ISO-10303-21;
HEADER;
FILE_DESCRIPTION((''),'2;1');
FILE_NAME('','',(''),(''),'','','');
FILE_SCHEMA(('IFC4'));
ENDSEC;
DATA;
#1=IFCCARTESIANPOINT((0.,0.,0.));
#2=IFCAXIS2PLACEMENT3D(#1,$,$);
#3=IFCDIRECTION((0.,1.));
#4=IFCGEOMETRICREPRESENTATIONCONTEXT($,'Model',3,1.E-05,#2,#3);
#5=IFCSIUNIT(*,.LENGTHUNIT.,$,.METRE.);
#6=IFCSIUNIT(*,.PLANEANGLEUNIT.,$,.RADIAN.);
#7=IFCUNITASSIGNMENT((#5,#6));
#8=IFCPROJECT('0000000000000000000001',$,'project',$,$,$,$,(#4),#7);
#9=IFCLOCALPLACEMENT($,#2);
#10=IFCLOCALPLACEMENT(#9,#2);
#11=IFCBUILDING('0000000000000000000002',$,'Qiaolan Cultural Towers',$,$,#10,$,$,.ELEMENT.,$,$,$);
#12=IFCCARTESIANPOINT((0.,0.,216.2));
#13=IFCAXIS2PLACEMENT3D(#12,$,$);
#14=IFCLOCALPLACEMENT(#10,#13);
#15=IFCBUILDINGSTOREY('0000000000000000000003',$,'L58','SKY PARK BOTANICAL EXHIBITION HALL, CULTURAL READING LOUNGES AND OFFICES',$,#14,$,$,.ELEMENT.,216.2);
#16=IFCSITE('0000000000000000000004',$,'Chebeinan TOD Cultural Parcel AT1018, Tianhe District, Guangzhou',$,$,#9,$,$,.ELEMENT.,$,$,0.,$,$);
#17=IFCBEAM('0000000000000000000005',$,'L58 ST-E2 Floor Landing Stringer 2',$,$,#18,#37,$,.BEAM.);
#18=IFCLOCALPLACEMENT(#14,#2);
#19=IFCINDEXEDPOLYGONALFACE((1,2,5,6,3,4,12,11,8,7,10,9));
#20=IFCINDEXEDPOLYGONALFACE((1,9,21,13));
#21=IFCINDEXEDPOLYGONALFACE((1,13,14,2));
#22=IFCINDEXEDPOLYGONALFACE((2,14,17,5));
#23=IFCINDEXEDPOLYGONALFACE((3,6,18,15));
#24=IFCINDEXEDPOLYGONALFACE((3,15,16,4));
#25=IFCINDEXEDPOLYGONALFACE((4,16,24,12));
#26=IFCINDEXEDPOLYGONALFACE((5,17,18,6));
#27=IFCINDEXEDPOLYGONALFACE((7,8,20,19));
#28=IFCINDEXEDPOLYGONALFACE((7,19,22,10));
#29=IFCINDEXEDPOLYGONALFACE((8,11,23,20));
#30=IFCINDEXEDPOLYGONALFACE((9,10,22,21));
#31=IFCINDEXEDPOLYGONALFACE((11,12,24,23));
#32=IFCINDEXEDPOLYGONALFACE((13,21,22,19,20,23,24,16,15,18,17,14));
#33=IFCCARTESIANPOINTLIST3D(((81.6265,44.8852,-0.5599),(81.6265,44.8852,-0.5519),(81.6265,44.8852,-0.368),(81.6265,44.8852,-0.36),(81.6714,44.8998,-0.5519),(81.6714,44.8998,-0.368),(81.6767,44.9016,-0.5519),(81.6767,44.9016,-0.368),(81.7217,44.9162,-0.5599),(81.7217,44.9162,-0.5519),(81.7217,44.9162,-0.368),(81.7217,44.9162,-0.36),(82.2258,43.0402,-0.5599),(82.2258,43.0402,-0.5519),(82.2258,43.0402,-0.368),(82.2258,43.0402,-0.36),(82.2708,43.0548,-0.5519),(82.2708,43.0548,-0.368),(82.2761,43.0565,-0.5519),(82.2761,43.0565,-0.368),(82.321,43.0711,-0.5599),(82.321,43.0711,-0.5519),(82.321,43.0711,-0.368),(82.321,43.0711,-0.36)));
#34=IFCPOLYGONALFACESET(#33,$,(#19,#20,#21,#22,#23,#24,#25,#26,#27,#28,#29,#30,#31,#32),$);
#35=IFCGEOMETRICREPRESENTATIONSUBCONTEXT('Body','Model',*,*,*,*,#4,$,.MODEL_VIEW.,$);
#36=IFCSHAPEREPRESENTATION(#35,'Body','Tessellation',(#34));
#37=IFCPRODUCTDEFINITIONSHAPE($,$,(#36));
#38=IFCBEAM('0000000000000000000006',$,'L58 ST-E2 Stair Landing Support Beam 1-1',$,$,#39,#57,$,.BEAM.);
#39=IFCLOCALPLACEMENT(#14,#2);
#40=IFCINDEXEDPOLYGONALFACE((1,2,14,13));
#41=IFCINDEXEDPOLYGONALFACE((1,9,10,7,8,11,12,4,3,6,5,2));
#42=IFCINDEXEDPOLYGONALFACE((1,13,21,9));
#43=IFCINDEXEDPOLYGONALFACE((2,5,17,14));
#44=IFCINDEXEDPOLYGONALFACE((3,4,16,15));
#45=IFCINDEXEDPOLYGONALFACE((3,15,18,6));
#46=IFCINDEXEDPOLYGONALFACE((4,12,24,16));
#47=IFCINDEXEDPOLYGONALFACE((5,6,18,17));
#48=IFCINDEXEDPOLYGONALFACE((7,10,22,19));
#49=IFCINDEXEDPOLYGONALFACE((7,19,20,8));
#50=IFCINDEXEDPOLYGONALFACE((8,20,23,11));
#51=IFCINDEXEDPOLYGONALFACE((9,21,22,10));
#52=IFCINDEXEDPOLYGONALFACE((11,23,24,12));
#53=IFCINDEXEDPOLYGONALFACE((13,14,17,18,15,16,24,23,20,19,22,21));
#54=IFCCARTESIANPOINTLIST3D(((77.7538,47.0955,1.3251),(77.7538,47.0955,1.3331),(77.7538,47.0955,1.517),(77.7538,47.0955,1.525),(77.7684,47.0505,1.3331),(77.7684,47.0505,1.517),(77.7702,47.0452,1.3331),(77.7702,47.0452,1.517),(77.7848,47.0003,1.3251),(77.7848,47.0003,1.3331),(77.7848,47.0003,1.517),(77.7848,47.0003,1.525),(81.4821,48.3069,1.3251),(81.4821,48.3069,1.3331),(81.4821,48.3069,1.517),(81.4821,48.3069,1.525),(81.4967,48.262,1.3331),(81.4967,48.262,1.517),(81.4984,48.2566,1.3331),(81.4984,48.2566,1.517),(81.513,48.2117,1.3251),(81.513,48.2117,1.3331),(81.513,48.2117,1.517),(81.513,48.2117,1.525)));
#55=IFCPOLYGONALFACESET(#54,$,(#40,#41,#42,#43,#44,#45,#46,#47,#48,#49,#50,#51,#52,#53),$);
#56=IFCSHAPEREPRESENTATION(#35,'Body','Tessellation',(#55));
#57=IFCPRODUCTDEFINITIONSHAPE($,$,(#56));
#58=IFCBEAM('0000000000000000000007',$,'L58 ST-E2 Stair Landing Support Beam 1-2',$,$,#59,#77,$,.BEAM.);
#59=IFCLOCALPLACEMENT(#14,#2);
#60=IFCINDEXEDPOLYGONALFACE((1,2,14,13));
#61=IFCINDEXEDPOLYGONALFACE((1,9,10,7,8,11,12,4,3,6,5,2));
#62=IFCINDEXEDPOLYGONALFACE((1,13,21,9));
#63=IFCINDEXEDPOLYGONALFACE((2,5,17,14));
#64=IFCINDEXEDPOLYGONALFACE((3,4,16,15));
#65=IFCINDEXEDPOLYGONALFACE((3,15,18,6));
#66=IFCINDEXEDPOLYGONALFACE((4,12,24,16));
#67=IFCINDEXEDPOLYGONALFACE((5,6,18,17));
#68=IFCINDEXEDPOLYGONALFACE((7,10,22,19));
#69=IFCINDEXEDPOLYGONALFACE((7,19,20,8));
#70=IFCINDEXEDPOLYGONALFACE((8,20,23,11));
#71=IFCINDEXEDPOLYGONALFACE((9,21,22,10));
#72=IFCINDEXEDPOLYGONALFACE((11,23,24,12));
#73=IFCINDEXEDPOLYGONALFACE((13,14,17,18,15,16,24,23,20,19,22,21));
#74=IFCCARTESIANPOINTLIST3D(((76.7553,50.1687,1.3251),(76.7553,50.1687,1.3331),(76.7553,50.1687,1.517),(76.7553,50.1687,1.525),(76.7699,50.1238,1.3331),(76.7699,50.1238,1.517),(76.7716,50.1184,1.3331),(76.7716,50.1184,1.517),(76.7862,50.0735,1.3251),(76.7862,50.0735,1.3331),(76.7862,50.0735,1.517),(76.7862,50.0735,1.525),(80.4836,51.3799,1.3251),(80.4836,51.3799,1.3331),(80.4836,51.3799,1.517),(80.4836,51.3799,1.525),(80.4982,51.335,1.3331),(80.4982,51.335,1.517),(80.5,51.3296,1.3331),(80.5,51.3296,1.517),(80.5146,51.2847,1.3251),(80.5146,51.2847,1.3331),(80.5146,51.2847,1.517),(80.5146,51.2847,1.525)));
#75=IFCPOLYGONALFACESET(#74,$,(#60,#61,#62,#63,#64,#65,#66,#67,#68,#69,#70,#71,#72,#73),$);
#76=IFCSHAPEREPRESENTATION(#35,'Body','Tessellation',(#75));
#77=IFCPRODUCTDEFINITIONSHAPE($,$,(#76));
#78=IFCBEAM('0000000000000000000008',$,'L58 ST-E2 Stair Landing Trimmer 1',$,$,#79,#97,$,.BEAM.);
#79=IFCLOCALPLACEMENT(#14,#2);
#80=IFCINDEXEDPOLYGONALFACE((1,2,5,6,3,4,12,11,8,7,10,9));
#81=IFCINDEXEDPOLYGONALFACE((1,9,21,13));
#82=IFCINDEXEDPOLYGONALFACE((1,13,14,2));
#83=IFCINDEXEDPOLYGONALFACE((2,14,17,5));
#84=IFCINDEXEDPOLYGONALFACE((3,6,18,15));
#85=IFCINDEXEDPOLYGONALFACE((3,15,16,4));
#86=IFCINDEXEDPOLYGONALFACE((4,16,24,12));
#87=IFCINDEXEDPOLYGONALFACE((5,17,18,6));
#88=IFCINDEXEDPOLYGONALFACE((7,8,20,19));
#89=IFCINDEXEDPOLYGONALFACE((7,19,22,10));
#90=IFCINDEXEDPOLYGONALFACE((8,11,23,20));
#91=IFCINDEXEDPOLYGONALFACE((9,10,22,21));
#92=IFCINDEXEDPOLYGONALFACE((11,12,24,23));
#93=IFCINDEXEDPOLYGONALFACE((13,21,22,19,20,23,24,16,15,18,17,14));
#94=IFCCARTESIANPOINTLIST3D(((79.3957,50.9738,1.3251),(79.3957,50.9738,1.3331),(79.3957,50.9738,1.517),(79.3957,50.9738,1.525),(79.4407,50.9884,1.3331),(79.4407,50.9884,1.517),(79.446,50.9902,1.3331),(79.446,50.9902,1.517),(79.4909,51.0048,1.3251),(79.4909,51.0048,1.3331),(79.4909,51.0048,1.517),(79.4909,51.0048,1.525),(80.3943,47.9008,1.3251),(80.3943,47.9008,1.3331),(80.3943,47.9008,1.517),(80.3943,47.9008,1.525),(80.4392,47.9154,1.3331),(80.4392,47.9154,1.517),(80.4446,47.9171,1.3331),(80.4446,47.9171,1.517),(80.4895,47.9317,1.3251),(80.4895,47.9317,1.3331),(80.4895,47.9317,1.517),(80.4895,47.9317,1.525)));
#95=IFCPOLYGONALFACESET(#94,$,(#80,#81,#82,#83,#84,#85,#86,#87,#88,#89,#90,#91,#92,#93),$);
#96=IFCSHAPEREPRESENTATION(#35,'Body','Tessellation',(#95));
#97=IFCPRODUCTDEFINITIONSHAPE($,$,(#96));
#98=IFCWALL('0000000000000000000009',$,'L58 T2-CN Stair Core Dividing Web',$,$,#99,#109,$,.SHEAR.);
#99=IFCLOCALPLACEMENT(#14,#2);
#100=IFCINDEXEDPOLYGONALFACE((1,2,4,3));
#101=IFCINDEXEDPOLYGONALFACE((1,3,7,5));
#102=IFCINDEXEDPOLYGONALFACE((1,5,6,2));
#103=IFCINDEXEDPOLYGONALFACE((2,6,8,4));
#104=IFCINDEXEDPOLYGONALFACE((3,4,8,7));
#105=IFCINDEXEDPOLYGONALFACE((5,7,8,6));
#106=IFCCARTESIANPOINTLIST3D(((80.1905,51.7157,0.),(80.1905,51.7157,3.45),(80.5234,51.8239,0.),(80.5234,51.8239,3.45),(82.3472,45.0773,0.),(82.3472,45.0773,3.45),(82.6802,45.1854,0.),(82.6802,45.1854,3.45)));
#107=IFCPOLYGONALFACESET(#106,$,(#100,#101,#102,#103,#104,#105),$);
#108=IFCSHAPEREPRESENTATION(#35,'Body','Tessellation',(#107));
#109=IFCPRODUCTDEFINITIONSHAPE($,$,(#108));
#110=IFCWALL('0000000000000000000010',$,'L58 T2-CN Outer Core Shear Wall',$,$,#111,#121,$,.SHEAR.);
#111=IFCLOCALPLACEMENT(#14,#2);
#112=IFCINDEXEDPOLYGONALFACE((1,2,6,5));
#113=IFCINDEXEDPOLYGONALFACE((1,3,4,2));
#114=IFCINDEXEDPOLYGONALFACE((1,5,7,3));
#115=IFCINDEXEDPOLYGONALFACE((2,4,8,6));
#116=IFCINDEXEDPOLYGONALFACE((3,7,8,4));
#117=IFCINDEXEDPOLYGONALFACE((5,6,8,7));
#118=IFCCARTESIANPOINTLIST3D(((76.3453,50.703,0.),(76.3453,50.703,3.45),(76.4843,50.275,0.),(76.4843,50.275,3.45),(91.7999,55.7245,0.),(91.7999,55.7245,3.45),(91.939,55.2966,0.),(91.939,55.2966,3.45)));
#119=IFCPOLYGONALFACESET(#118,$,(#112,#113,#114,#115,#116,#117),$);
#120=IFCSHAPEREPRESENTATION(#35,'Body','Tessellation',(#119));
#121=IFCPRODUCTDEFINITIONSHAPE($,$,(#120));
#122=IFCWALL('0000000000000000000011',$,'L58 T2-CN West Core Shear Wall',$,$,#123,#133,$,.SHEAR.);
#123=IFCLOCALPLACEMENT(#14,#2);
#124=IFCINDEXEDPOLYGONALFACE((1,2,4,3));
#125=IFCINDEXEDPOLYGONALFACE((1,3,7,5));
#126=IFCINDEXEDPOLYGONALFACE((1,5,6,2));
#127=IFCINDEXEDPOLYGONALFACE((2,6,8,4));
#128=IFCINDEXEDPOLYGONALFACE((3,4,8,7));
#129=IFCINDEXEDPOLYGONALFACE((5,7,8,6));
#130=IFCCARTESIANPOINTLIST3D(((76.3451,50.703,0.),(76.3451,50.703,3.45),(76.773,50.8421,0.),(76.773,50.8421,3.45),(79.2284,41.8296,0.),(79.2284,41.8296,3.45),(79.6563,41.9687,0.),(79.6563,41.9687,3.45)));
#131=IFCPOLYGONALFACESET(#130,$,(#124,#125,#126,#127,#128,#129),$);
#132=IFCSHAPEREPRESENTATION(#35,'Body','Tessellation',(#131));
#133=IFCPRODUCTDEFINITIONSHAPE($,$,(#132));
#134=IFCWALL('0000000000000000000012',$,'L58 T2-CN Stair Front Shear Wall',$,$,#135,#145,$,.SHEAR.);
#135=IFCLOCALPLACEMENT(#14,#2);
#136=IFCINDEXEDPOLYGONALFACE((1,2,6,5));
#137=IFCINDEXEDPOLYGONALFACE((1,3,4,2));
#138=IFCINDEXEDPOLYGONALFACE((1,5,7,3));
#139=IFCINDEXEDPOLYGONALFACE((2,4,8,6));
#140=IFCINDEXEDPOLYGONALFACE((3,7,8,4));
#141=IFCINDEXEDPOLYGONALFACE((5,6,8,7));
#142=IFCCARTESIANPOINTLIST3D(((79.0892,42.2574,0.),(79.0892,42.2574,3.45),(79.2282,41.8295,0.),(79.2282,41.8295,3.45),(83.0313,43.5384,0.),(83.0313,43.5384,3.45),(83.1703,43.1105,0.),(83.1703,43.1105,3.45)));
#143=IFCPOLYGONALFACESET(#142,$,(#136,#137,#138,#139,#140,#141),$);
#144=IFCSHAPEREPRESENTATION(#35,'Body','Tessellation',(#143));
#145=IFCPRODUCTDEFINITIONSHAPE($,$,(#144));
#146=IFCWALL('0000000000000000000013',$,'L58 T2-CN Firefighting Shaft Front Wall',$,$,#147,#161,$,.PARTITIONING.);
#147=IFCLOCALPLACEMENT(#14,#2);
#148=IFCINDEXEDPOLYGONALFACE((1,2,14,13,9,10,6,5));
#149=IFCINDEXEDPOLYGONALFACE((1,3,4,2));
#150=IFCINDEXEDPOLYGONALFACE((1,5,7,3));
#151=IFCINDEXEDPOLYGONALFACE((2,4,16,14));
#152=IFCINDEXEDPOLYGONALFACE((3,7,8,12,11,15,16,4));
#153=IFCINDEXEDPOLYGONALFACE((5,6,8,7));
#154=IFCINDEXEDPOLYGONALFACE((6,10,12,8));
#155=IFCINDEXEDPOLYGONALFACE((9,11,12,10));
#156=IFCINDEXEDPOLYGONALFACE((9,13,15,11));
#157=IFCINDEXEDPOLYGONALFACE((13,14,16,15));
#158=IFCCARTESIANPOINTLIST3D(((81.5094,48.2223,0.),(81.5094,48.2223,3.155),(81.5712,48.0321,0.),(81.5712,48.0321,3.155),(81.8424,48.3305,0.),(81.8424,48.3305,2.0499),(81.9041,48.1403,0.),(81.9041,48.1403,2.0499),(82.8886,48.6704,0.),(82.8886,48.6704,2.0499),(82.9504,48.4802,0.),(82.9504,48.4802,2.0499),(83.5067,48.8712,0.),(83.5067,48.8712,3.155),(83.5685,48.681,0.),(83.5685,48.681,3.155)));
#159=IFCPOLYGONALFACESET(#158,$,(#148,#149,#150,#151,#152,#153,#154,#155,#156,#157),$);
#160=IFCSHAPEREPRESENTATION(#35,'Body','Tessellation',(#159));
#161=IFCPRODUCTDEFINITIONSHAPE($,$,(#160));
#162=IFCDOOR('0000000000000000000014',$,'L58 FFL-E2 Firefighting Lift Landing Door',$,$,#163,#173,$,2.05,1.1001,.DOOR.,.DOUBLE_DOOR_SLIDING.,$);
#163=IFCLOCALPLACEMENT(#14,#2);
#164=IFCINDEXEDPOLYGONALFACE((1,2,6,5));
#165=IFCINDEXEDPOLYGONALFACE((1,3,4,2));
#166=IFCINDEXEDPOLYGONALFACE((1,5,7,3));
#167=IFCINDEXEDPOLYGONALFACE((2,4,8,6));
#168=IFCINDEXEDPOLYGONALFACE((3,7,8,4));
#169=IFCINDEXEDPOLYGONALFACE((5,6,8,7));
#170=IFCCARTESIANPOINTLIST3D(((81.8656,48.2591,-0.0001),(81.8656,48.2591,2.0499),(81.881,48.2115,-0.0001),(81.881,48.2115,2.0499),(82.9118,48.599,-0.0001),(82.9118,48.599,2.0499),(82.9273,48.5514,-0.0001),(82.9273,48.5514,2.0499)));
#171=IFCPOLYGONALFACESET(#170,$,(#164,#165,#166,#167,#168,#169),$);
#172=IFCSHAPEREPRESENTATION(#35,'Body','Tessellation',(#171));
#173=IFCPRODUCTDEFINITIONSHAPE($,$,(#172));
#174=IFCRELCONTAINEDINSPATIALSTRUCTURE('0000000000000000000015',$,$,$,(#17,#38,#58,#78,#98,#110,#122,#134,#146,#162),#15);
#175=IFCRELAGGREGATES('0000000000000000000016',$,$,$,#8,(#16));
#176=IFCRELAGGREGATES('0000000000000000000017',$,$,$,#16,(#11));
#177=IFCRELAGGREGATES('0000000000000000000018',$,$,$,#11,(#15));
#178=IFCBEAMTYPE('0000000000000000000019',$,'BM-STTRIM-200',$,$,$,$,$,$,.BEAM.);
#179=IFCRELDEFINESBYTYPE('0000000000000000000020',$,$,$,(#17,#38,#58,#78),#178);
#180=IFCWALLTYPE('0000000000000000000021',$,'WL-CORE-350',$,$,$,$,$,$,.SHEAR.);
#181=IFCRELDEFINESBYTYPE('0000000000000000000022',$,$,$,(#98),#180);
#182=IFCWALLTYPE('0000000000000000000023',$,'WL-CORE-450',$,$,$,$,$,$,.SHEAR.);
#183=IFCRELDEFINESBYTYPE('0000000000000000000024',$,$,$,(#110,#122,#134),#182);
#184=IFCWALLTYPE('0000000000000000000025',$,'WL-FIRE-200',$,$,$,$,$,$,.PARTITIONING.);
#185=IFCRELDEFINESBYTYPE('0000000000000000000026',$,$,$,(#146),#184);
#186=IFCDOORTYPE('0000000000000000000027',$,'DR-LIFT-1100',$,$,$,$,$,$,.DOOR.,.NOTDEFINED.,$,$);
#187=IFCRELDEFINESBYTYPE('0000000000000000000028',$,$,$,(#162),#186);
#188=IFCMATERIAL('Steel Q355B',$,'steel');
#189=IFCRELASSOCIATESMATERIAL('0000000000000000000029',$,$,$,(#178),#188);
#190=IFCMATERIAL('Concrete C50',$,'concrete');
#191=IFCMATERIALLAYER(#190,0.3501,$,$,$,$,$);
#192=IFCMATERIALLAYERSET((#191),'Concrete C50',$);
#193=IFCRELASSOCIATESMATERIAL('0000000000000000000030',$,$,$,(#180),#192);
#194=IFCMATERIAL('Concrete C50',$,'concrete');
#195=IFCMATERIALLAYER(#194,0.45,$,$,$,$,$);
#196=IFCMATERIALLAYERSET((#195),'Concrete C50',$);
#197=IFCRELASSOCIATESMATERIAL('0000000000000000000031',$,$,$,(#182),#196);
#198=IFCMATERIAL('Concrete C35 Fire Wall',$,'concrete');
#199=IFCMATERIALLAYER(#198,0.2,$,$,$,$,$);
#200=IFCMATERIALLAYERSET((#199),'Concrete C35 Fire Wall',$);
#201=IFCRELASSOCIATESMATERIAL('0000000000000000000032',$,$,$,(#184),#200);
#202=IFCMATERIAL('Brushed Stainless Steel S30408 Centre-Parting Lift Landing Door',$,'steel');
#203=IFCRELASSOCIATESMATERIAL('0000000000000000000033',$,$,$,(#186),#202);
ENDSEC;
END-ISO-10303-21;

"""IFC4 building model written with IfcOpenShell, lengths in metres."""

from ifc_helpers import new_model, si_unit, direction, frame, frame_2d, origin, origin_2d, place, context, subcontext, project, spatial, rectangle, i_section, extrude, material, layer, layer_set, material_profile, profile_set, type_object, element, fill, save


model = new_model("IFC4")

# Units and contexts
model_context = context("Model", 3, precision=1e-05, world=origin(), true_north=direction((0.0, 1.0)))
body_context = subcontext(model_context, "Body", "Model", "MODEL_VIEW")
ifc_project = project(units=[si_unit("LENGTHUNIT", "METRE"), si_unit("PLANEANGLEUNIT", "RADIAN")], contexts=[model_context])

# Site, building, storey
site_placement = place(None, origin())
site = spatial("IfcSite", under=ifc_project, at=site_placement, Name="Chebeinan TOD Cultural Parcel AT1018, Tianhe District, Guangzhou", CompositionType="ELEMENT", RefElevation=0.0)
building_placement = place(site_placement, origin())
building = spatial("IfcBuilding", under=site, at=building_placement, Name="Qiaolan Cultural Towers", CompositionType="ELEMENT")
storey_placement = place(building_placement, frame((0.0, 0.0, 216.2)))
storey = spatial("IfcBuildingStorey", under=building, at=storey_placement, Name="L58", Description="SKY PARK BOTANICAL EXHIBITION HALL, CULTURAL READING LOUNGES AND OFFICES", CompositionType="ELEMENT", Elevation=216.2)

# Beams
ifc_material_1 = material(Name="Steel Q355B", Category="steel")
ifc_material_profile_1 = material_profile(ifc_material_1, i_section(OverallWidth=0.1001, OverallDepth=0.2, WebThickness=0.0056, FlangeThickness=0.0081, at=origin_2d()), Name="HN200x100x5.5x8")
ifc_profile_set_1 = profile_set([ifc_material_profile_1], Name="Steel Q355B")
beam_type_1 = type_object("IfcBeamType", Name="BM-STTRIM-200", PredefinedType="BEAM", material=ifc_profile_set_1)
for number, where, z_axis, x_axis, name in (
    (1, (82.2734, 43.0557, -0.46), (-0.308969, 0.951072, 0.0), (-0.951072, -0.308969, 0.0), "L58 ST-E2 Floor Landing Stringer 2"),
):
    element("IfcBeam", number, at=place(storey_placement, frame(where, z_axis=z_axis, x_axis=x_axis)), inside=storey, type_object=beam_type_1, Name=name, PredefinedType="BEAM", context=body_context, shape_type="SweptSolid", body=[
        extrude(i_section(OverallWidth=0.1001, OverallDepth=0.2, WebThickness=0.0056, FlangeThickness=0.0081, at=origin_2d()), origin(), (0.0, 0.0, 1.0), 1.9399),
    ])
for number, where, z_axis, x_axis, name in (
    (2, (77.7693, 47.0479, 1.425), (0.951054, 0.309026, 0.0), (-0.309026, 0.951054, 0.0), "L58 ST-E2 Stair Landing Support Beam 1-1"),
    (3, (76.7708, 50.1211, 1.425), (0.951072, 0.308969, 0.0), (-0.308969, 0.951072, 0.0), "L58 ST-E2 Stair Landing Support Beam 1-2"),
):
    element("IfcBeam", number, at=place(storey_placement, frame(where, z_axis=z_axis, x_axis=x_axis)), inside=storey, type_object=beam_type_1, Name=name, PredefinedType="BEAM", context=body_context, shape_type="SweptSolid", body=[
        extrude(i_section(OverallWidth=0.1001, OverallDepth=0.2, WebThickness=0.0056, FlangeThickness=0.0081, at=origin_2d()), origin(), (0.0, 0.0, 1.0), 3.9202),
    ])
beam_1_placement = place(storey_placement, frame((80.4419, 47.9163, 1.425), z_axis=(-0.309033, 0.951051, 0.0), x_axis=(-0.951051, -0.309033, 0.0)))
element("IfcBeam", 4, at=beam_1_placement, inside=storey, type_object=beam_type_1, Name="L58 ST-E2 Stair Landing Trimmer 1", PredefinedType="BEAM", context=body_context, shape_type="SweptSolid", body=[
    extrude(i_section(OverallWidth=0.1001, OverallDepth=0.2, WebThickness=0.0056, FlangeThickness=0.0081, at=origin_2d()), origin(), (0.0, 0.0, 1.0), 3.2312),
])

# Walls
ifc_material_2 = material(Name="Concrete C50", Category="concrete")
ifc_layer_1 = layer(ifc_material_2, 0.3501)
ifc_layer_set_1 = layer_set([ifc_layer_1], Name="Concrete C50")
wall_type_1 = type_object("IfcWallType", Name="WL-CORE-350", PredefinedType="SHEAR", material=ifc_layer_set_1)
wall_1_placement = place(storey_placement, frame((82.5137, 45.1313, 0.0), z_axis=(0.0, 0.0, 1.0), x_axis=(-0.308989, 0.951066, 0.0)))
element("IfcWall", 5, at=wall_1_placement, inside=storey, type_object=wall_type_1, Name="L58 T2-CN Stair Core Dividing Web", PredefinedType="SHEAR", context=body_context, shape_type="SweptSolid", body=[
    extrude(rectangle(XDim=6.98, YDim=0.3501, at=frame_2d((3.49, 0.0))), origin(), (0.0, 0.0, 1.0), 3.45),
])
ifc_material_3 = material(Name="Concrete C50", Category="concrete")
ifc_layer_2 = layer(ifc_material_3, 0.45)
ifc_layer_set_2 = layer_set([ifc_layer_2], Name="Concrete C50")
wall_type_2 = type_object("IfcWallType", Name="WL-CORE-450", PredefinedType="SHEAR", material=ifc_layer_set_2)
wall_2_placement = place(storey_placement, frame((76.4148, 50.489, 0.0), z_axis=(0.0, 0.0, 1.0), x_axis=(0.951057, 0.309016, 0.0)))
element("IfcWall", 6, at=wall_2_placement, inside=storey, type_object=wall_type_2, Name="L58 T2-CN Outer Core Shear Wall", PredefinedType="SHEAR", context=body_context, shape_type="SweptSolid", body=[
    extrude(rectangle(XDim=16.25, YDim=0.45, at=frame_2d((8.125, 0.0))), origin(), (0.0, 0.0, 1.0), 3.45),
])
wall_3_placement = place(storey_placement, frame((79.4424, 41.8992, 0.0), z_axis=(0.0, 0.0, 1.0), x_axis=(-0.309036, 0.95105, 0.0)))
element("IfcWall", 7, at=wall_3_placement, inside=storey, type_object=wall_type_2, Name="L58 T2-CN West Core Shear Wall", PredefinedType="SHEAR", context=body_context, shape_type="SweptSolid", body=[
    extrude(rectangle(XDim=9.3301, YDim=0.45, at=frame_2d((4.665, 0.0))), origin(), (0.0, 0.0, 1.0), 3.45),
])
wall_4_placement = place(storey_placement, frame((79.1587, 42.0435, 0.0), z_axis=(0.0, 0.0, 1.0), x_axis=(0.951047, 0.309045, 0.0)))
element("IfcWall", 8, at=wall_4_placement, inside=storey, type_object=wall_type_2, Name="L58 T2-CN Stair Front Shear Wall", PredefinedType="SHEAR", context=body_context, shape_type="SweptSolid", body=[
    extrude(rectangle(XDim=4.145, YDim=0.45, at=frame_2d((2.0725, 0.0))), origin(), (0.0, 0.0, 1.0), 3.45),
])

# Wall, opening, door
ifc_material_4 = material(Name="Concrete C35 Fire Wall", Category="concrete")
ifc_layer_3 = layer(ifc_material_4, 0.2)
ifc_layer_set_3 = layer_set([ifc_layer_3], Name="Concrete C35 Fire Wall")
wall_type_3 = type_object("IfcWallType", Name="WL-FIRE-200", PredefinedType="PARTITIONING", material=ifc_layer_set_3)
wall_5_placement = place(storey_placement, frame((81.5403, 48.1272, 0.0), z_axis=(0.0, 0.0, 1.0), x_axis=(0.951062, 0.308999, 0.0)))
wall_5 = element("IfcWall", 9, at=wall_5_placement, inside=storey, type_object=wall_type_3, Name="L58 T2-CN Firefighting Shaft Front Wall", PredefinedType="PARTITIONING", context=body_context, shape_type="SweptSolid", body=[
    extrude(rectangle(XDim=2.1001, YDim=0.2, at=frame_2d((1.05, 0.0))), origin(), (0.0, 0.0, 1.0), 3.155),
])
opening_placement = place(wall_5_placement, frame((0.3501, 0.0, 0.0)))
opening = element("IfcOpeningElement", 10, at=opening_placement, cuts=wall_5, PredefinedType="OPENING", context=body_context, shape_type="SweptSolid", body=[
    extrude(rectangle(XDim=1.1001, YDim=2.05, at=frame_2d((0.55, 1.0249))), frame((0.0, 0.1099, 0.0), z_axis=(0.0, -1.0, 0.0), x_axis=(1.0, 0.0, 0.0)), (0.0, 0.0, 1.0), 0.22),
])
ifc_material_5 = material(Name="Brushed Stainless Steel S30408 Centre-Parting Lift Landing Door", Category="steel")
door_type = type_object("IfcDoorType", Name="DR-LIFT-1100", OperationType="NOTDEFINED", PredefinedType="DOOR", material=ifc_material_5)
door_placement = place(opening_placement, origin())
door = element("IfcDoor", 11, at=door_placement, inside=storey, type_object=door_type, Name="L58 FFL-E2 Firefighting Lift Landing Door", OperationType="DOUBLE_DOOR_SLIDING", OverallHeight=2.05, OverallWidth=1.1001, PredefinedType="DOOR", context=body_context, shape_type="SweptSolid", body=[
    extrude(rectangle(XDim=1.1001, YDim=2.05, at=frame_2d((0.55, 1.0249))), frame((0.0, 0.0249, 0.0), z_axis=(0.0, -1.0, 0.0), x_axis=(1.0, 0.0, 0.0)), (0.0, 0.0, 1.0), 0.05),
])
fill(opening, door)

save(model, "model.ifc")
